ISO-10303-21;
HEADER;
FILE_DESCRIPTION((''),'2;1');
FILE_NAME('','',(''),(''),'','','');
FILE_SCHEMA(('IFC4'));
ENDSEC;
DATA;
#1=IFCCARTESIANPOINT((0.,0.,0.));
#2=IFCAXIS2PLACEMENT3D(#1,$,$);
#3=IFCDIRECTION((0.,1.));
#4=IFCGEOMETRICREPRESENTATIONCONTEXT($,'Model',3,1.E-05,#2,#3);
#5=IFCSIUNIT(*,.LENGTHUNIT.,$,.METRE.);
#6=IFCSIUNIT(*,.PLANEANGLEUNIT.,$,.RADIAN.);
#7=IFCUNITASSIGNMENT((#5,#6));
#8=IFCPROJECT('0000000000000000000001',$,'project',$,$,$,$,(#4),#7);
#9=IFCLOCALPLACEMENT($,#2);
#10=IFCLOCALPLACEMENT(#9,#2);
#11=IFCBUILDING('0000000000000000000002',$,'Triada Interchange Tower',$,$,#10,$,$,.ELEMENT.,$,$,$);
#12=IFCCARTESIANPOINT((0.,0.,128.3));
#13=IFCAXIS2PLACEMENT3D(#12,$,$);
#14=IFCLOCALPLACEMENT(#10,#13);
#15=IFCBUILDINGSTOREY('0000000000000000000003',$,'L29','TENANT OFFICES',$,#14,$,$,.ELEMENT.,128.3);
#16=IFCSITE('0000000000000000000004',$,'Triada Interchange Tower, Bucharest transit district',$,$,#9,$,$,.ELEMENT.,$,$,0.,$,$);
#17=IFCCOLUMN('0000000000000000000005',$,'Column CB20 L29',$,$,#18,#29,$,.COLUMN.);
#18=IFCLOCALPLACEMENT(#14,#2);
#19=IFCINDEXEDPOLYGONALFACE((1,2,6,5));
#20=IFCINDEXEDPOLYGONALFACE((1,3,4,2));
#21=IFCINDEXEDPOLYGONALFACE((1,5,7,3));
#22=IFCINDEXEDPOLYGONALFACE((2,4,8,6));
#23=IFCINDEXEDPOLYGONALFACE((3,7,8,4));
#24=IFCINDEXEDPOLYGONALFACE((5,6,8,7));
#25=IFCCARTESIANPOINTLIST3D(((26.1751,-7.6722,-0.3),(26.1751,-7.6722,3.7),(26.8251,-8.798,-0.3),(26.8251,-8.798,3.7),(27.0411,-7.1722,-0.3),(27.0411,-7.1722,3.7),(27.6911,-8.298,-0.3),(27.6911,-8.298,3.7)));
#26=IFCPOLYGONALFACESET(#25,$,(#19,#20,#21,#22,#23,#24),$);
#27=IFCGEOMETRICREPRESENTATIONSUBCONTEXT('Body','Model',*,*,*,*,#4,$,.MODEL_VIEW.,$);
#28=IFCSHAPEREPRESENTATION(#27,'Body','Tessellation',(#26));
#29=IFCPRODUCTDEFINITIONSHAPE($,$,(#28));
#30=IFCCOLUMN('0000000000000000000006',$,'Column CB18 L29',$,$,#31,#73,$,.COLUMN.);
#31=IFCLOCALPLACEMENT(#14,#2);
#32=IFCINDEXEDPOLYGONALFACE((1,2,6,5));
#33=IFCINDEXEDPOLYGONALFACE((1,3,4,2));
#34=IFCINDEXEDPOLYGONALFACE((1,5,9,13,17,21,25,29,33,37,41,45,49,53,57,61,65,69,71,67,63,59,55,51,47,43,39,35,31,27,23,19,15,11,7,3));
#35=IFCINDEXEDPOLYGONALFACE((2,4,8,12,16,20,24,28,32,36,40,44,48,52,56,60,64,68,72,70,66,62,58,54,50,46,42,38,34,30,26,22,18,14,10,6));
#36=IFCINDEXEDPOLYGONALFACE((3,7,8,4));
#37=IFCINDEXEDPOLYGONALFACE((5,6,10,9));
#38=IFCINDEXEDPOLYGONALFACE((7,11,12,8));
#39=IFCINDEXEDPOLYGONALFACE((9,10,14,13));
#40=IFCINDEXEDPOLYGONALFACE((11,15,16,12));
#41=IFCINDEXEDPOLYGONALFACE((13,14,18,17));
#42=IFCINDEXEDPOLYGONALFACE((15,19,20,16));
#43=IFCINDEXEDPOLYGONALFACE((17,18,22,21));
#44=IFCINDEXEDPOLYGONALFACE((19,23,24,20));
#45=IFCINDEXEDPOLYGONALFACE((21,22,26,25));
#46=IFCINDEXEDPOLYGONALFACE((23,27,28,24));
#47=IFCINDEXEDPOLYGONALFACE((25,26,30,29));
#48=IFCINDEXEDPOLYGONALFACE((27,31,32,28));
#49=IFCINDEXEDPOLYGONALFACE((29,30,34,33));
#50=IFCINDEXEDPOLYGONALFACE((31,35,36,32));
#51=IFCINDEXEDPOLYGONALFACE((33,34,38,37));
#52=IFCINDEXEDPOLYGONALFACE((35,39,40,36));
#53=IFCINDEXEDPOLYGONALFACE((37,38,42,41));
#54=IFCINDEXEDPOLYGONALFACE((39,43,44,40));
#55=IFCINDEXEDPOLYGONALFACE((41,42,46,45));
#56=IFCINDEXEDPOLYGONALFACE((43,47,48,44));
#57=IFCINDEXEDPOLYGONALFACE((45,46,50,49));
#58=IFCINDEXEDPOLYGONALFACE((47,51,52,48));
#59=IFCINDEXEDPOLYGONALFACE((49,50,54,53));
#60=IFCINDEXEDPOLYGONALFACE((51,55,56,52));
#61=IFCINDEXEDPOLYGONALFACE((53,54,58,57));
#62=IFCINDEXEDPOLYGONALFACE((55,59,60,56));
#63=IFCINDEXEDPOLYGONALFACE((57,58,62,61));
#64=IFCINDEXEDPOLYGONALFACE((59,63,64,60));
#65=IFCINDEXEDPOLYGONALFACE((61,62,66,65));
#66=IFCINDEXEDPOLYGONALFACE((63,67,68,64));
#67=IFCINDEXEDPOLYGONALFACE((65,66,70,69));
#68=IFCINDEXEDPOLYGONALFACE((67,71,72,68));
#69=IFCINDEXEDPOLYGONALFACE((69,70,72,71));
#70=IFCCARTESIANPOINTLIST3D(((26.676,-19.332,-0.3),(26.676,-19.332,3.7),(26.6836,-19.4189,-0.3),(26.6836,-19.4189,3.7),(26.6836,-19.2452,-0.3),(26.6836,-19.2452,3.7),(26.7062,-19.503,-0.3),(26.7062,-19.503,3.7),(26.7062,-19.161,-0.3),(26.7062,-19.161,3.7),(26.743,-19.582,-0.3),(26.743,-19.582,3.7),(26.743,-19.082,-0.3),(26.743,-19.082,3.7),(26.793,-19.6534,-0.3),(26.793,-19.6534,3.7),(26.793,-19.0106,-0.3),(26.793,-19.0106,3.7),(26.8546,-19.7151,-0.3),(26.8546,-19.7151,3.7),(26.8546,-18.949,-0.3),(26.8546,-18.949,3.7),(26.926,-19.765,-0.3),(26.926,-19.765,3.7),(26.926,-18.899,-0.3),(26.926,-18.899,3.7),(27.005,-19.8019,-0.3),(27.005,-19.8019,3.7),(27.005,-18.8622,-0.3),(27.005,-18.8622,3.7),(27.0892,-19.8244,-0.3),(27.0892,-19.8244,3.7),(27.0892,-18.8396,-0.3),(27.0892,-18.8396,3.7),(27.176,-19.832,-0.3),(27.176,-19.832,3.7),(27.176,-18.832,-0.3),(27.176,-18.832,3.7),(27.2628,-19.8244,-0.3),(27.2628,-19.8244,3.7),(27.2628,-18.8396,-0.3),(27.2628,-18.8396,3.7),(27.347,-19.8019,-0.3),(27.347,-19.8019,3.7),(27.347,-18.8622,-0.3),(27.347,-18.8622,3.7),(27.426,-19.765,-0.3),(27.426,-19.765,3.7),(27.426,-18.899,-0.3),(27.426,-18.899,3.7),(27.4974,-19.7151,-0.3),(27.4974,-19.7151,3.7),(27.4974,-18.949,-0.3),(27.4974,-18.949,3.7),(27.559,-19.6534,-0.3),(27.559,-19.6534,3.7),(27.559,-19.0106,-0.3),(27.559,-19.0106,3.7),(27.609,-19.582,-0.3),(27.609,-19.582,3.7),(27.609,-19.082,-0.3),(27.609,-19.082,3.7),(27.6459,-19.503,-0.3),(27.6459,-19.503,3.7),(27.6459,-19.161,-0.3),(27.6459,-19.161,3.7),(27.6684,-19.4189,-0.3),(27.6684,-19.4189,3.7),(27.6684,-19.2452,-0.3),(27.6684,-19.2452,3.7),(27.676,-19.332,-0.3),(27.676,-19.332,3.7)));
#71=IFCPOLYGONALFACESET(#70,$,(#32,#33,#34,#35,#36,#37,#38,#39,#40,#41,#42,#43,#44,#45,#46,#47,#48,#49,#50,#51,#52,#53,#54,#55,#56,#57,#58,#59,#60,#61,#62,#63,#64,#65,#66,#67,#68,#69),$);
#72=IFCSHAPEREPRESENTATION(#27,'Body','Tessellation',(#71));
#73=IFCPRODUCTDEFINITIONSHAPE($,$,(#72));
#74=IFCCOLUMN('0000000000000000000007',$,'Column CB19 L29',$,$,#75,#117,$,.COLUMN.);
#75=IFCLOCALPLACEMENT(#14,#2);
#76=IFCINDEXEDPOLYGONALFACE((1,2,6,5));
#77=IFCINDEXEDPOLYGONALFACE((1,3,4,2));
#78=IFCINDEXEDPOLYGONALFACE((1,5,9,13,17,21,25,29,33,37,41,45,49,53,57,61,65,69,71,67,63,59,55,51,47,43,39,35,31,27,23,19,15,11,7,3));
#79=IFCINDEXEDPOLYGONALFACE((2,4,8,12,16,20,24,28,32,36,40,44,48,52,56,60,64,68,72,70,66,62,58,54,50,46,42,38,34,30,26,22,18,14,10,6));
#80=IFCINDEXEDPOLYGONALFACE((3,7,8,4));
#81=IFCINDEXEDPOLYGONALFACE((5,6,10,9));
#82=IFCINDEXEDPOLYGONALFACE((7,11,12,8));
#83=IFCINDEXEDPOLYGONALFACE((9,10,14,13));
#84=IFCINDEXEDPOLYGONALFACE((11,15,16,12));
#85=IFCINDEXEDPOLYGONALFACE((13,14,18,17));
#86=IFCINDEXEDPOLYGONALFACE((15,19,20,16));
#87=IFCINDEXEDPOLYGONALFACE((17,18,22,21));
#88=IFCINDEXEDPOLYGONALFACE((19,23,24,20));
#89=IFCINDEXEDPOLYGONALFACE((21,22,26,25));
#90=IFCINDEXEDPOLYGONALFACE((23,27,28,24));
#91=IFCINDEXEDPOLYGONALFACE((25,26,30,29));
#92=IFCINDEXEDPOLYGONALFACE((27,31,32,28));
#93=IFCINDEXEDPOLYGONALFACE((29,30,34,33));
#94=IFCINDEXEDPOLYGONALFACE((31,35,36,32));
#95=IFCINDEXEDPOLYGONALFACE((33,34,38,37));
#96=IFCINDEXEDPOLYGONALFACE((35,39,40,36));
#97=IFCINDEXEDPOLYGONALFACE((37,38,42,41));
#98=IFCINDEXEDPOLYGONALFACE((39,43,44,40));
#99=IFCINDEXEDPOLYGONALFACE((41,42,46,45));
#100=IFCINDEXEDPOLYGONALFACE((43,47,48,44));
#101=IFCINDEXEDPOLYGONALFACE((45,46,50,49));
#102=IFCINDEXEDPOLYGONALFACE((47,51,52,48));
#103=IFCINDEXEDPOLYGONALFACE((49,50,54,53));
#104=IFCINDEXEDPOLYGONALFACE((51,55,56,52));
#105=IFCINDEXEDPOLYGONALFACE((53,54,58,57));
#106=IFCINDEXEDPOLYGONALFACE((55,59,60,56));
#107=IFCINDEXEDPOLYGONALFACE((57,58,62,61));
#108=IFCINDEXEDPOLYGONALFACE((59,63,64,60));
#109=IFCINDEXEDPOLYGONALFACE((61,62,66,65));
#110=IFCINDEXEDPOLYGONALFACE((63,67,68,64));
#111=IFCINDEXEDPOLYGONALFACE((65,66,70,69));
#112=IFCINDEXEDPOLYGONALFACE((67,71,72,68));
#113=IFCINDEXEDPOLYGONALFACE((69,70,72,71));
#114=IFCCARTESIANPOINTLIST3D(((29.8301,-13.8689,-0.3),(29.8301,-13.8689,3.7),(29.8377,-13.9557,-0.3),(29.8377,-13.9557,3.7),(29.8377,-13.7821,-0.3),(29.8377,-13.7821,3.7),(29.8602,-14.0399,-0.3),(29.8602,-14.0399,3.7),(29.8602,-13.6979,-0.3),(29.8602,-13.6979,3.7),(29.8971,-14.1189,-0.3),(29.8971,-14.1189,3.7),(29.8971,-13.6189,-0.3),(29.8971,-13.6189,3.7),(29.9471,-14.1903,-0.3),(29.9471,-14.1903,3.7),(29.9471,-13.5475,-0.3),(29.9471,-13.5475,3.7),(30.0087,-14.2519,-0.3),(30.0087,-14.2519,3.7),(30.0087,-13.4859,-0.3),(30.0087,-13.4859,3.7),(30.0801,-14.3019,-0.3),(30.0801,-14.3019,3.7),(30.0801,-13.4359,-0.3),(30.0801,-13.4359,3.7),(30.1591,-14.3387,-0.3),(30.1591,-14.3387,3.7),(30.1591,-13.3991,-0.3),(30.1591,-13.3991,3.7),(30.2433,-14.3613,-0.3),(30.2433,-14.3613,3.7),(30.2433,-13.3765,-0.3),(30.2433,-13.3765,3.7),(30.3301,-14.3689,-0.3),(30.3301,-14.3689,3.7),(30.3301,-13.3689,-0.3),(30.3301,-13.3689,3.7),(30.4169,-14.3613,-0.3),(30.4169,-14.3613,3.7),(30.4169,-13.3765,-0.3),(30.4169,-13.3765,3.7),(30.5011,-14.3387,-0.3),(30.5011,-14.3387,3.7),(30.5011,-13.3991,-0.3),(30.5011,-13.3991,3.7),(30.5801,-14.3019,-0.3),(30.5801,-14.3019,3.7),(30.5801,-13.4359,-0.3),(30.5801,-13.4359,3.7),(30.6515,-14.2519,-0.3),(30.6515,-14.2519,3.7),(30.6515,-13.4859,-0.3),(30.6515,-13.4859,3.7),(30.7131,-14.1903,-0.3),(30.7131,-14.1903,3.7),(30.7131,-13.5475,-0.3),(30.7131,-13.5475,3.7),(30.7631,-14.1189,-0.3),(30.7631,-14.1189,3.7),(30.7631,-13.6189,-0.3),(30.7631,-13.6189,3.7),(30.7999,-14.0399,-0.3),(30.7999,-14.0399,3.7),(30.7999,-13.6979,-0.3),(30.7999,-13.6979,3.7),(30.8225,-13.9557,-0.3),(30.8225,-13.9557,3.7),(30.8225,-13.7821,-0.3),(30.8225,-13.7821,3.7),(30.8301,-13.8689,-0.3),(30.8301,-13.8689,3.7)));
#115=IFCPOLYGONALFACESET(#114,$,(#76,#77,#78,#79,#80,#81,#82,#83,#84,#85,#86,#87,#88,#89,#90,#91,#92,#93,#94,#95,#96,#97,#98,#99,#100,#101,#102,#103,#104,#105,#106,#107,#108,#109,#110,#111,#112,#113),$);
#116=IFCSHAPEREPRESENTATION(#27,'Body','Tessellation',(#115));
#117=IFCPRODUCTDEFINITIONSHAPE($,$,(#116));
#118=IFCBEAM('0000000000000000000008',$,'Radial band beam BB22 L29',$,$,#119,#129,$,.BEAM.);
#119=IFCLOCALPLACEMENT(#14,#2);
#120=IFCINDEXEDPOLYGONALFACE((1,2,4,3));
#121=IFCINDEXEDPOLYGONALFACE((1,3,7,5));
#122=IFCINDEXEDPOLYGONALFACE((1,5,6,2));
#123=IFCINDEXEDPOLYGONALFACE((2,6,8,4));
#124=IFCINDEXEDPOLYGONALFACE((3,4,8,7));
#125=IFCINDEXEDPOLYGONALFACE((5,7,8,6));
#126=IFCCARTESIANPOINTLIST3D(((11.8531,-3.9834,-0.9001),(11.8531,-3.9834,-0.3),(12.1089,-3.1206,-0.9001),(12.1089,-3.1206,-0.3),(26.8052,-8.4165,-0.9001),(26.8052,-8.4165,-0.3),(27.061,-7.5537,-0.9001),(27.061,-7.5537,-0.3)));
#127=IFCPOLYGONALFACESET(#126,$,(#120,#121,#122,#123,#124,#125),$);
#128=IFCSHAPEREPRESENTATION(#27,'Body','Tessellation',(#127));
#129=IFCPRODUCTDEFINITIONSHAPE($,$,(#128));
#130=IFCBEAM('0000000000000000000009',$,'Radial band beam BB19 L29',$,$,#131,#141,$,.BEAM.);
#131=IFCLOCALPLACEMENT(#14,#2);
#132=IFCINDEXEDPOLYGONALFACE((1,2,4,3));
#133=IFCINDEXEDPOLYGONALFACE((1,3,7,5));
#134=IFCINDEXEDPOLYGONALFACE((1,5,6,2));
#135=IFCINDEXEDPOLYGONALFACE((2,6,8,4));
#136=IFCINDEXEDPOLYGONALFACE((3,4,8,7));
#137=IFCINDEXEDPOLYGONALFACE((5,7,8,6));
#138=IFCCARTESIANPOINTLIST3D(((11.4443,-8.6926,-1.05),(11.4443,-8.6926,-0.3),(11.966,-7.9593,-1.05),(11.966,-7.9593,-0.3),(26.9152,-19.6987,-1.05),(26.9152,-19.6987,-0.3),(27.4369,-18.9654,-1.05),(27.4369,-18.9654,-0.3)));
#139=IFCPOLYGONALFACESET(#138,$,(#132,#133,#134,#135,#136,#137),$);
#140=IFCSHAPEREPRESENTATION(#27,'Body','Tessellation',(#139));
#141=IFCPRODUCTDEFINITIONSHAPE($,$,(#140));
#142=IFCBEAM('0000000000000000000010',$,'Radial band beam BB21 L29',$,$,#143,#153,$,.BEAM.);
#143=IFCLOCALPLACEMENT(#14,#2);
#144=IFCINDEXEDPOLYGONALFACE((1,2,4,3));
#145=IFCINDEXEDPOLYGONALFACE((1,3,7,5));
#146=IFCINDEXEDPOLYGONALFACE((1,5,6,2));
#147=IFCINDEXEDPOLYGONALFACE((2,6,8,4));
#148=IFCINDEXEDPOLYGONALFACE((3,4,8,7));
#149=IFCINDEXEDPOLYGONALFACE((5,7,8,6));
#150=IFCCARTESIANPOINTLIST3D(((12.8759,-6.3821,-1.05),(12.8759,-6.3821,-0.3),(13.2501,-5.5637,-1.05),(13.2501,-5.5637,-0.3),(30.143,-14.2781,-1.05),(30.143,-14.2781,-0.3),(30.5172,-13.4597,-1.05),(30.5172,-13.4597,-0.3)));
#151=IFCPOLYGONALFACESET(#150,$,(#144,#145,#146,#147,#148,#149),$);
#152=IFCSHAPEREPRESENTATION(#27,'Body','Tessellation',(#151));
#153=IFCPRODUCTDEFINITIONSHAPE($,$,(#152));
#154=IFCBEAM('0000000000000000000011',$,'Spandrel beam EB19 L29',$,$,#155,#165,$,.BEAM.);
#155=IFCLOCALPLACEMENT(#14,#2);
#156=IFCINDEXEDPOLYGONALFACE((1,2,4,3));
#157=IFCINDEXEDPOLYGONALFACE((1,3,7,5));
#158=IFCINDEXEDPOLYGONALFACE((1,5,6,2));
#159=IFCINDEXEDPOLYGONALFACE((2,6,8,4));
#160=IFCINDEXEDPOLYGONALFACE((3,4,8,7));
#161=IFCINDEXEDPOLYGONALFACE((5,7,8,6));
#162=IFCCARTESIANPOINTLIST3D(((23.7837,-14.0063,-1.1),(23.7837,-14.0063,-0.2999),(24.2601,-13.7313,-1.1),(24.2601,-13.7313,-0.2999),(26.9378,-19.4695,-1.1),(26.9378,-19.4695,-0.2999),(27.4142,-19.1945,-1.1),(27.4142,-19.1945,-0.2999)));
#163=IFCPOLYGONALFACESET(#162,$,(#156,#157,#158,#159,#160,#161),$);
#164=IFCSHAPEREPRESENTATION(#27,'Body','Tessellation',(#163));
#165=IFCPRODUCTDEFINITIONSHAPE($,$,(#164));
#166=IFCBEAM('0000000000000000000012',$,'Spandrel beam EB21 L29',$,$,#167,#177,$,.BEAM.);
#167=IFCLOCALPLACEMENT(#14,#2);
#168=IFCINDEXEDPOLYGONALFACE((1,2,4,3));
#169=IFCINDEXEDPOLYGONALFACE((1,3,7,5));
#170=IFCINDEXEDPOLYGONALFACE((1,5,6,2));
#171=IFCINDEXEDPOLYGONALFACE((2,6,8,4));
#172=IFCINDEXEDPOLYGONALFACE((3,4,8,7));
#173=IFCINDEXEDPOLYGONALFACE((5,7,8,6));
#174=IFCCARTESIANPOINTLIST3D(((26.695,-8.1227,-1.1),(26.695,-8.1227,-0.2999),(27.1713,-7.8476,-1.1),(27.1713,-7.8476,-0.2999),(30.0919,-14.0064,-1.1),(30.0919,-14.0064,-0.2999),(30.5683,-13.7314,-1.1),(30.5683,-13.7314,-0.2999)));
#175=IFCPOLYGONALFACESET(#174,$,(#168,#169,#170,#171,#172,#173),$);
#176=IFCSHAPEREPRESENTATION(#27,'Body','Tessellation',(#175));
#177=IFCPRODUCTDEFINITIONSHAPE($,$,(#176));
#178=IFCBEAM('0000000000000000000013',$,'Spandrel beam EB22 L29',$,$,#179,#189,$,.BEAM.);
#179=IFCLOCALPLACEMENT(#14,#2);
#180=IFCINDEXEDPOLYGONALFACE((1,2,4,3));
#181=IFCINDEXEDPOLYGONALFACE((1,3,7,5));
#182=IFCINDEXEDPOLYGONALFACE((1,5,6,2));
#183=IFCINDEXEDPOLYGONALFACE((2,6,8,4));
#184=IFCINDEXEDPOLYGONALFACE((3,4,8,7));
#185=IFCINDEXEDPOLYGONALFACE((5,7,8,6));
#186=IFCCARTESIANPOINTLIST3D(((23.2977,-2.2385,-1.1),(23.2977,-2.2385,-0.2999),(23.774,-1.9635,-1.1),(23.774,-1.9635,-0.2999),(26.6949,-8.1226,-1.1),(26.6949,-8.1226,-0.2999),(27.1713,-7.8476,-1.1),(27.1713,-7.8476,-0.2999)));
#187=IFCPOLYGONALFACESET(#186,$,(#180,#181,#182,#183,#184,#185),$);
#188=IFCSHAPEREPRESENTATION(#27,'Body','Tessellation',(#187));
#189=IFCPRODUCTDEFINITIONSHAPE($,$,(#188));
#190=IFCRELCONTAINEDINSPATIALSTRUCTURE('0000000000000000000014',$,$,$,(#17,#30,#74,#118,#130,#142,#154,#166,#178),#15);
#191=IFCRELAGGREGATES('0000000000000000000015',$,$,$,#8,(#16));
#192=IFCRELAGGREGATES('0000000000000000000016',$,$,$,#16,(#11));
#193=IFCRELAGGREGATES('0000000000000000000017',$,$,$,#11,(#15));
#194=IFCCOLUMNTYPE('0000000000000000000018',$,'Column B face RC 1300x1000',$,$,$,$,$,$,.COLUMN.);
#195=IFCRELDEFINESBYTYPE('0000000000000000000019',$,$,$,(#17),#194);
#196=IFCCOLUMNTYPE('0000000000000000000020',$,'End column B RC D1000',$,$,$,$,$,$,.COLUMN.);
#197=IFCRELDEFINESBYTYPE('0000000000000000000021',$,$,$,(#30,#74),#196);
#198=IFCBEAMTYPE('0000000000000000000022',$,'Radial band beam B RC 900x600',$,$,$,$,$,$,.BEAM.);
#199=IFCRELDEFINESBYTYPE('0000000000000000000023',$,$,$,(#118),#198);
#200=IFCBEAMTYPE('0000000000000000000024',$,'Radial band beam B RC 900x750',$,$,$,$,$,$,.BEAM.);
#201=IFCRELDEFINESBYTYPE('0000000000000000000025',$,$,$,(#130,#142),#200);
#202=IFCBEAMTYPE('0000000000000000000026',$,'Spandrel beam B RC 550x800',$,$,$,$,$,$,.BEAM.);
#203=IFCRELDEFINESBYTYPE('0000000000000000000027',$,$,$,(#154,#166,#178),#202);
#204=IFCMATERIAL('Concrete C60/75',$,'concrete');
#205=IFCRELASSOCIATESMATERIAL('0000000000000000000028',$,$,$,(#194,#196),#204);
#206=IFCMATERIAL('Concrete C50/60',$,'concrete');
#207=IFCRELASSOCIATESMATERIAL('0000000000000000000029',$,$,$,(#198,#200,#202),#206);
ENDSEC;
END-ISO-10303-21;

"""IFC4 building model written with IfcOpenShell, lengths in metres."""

from ifc_helpers import new_model, si_unit, direction, frame, origin, origin_2d, place, context, subcontext, project, spatial, rectangle, circle, extrude, material, material_profile, profile_set, type_object, element, save


model = new_model("IFC4")

# Units and contexts
model_context = context("Model", 3, precision=1e-05, world=origin(), true_north=direction((0.0, 1.0)))
body_context = subcontext(model_context, "Body", "Model", "MODEL_VIEW")
ifc_project = project(units=[si_unit("LENGTHUNIT", "METRE"), si_unit("PLANEANGLEUNIT", "RADIAN")], contexts=[model_context])

# Site, building, storey
site_placement = place(None, origin())
site = spatial("IfcSite", under=ifc_project, at=site_placement, Name="Triada Interchange Tower, Bucharest transit district", CompositionType="ELEMENT", RefElevation=0.0)
building_placement = place(site_placement, origin())
building = spatial("IfcBuilding", under=site, at=building_placement, Name="Triada Interchange Tower", CompositionType="ELEMENT")
storey_placement = place(building_placement, frame((0.0, 0.0, 128.3)))
storey = spatial("IfcBuildingStorey", under=building, at=storey_placement, Name="L29", Description="TENANT OFFICES", CompositionType="ELEMENT", Elevation=128.3)

# Columns
ifc_material_1 = material(Name="Concrete C60/75", Category="concrete")
ifc_material_profile_1 = material_profile(ifc_material_1, rectangle(XDim=1.3, YDim=1.0, at=origin_2d()), Name="RC 1300x1000")
ifc_profile_set_1 = profile_set([ifc_material_profile_1], Name="Concrete C60/75")
column_type_1 = type_object("IfcColumnType", Name="Column B face RC 1300x1000", PredefinedType="COLUMN", material=ifc_profile_set_1)
column_placement = place(storey_placement, frame((26.9331, -7.9851, -0.3), z_axis=(0.0, 0.0, 1.0), x_axis=(-0.5, 0.866025, 0.0)))
element("IfcColumn", 1, at=column_placement, inside=storey, type_object=column_type_1, Name="Column CB20 L29", PredefinedType="COLUMN", context=body_context, shape_type="SweptSolid", body=[
    extrude(rectangle(XDim=1.3, YDim=1.0, at=origin_2d()), origin(), (0.0, 0.0, 1.0), 4.0),
])
ifc_material_profile_2 = material_profile(ifc_material_1, circle(Radius=0.5, at=origin_2d()), Name="RC D1000")
ifc_profile_set_2 = profile_set([ifc_material_profile_2], Name="Concrete C60/75")
column_type_2 = type_object("IfcColumnType", Name="End column B RC D1000", PredefinedType="COLUMN", material=ifc_profile_set_2)
for number, where, z_axis, x_axis, name in (
    (2, (27.176, -19.332, -0.3), (0.0, 0.0, 1.0), (1.0, 0.0, 0.0), "Column CB18 L29"),
    (3, (30.3301, -13.8689, -0.3), (0.0, 0.0, 1.0), (-0.5, 0.866025, 0.0), "Column CB19 L29"),
):
    element("IfcColumn", number, at=place(storey_placement, frame(where, z_axis=z_axis, x_axis=x_axis)), inside=storey, type_object=column_type_2, Name=name, PredefinedType="COLUMN", context=body_context, shape_type="SweptSolid", body=[
        extrude(circle(Radius=0.5, at=origin_2d()), origin(), (0.0, 0.0, 1.0), 4.0),
    ])

# Beams
ifc_material_2 = material(Name="Concrete C50/60", Category="concrete")
ifc_material_profile_3 = material_profile(ifc_material_2, rectangle(XDim=0.8999, YDim=0.6001, at=origin_2d()), Name="RC 900x600")
ifc_profile_set_3 = profile_set([ifc_material_profile_3], Name="Concrete C50/60")
beam_type_1 = type_object("IfcBeamType", Name="Radial band beam B RC 900x600", PredefinedType="BEAM", material=ifc_profile_set_3)
beam_1_placement = place(storey_placement, frame((26.9331, -7.9851, -0.6001), z_axis=(-0.958749, 0.284256, 0.0), x_axis=(-0.284256, -0.958749, 0.0)))
element("IfcBeam", 4, at=beam_1_placement, inside=storey, type_object=beam_type_1, Name="Radial band beam BB22 L29", PredefinedType="BEAM", context=body_context, shape_type="SweptSolid", body=[
    extrude(rectangle(XDim=0.8999, YDim=0.6001, at=origin_2d()), origin(), (0.0, 0.0, 1.0), 15.5955),
])
ifc_material_profile_4 = material_profile(ifc_material_2, rectangle(XDim=0.8999, YDim=0.75, at=origin_2d()), Name="RC 900x750")
ifc_profile_set_4 = profile_set([ifc_material_profile_4], Name="Concrete C50/60")
beam_type_2 = type_object("IfcBeamType", Name="Radial band beam B RC 900x750", PredefinedType="BEAM", material=ifc_profile_set_4)
beam_2_placement = place(storey_placement, frame((27.176, -19.332, -0.675), z_axis=(-0.814842, 0.579683, 0.0), x_axis=(-0.579683, -0.814842, 0.0)))
element("IfcBeam", 5, at=beam_2_placement, inside=storey, type_object=beam_type_2, Name="Radial band beam BB19 L29", PredefinedType="BEAM", context=body_context, shape_type="SweptSolid", body=[
    extrude(rectangle(XDim=0.8999, YDim=0.75, at=origin_2d()), origin(), (0.0, 0.0, 1.0), 18.9863),
])
beam_3_placement = place(storey_placement, frame((30.3301, -13.8689, -0.675), z_axis=(-0.909425, 0.415867, 0.0), x_axis=(-0.415867, -0.909425, 0.0)))
element("IfcBeam", 6, at=beam_3_placement, inside=storey, type_object=beam_type_2, Name="Radial band beam BB21 L29", PredefinedType="BEAM", context=body_context, shape_type="SweptSolid", body=[
    extrude(rectangle(XDim=0.8999, YDim=0.75, at=origin_2d()), origin(), (0.0, 0.0, 1.0), 18.9868),
])
ifc_material_profile_5 = material_profile(ifc_material_2, rectangle(XDim=0.55, YDim=0.8, at=origin_2d()), Name="RC 550x800")
ifc_profile_set_5 = profile_set([ifc_material_profile_5], Name="Concrete C50/60")
beam_type_3 = type_object("IfcBeamType", Name="Spandrel beam B RC 550x800", PredefinedType="BEAM", material=ifc_profile_set_5)
beam_4_placement = place(storey_placement, frame((27.176, -19.332, -0.7), z_axis=(-0.499989, 0.866032, 0.0), x_axis=(-0.866032, -0.499989, 0.0)))
element("IfcBeam", 7, at=beam_4_placement, inside=storey, type_object=beam_type_3, Name="Spandrel beam EB19 L29", PredefinedType="BEAM", context=body_context, shape_type="SweptSolid", body=[
    extrude(rectangle(XDim=0.55, YDim=0.8, at=origin_2d()), origin(), (0.0, 0.0, 1.0), 6.3083),
])
beam_5_placement = place(storey_placement, frame((30.3301, -13.8689, -0.7), z_axis=(-0.499996, 0.866028, 0.0), x_axis=(-0.866028, -0.499996, 0.0)))
element("IfcBeam", 8, at=beam_5_placement, inside=storey, type_object=beam_type_3, Name="Spandrel beam EB21 L29", PredefinedType="BEAM", context=body_context, shape_type="SweptSolid", body=[
    extrude(rectangle(XDim=0.55, YDim=0.8, at=origin_2d()), origin(), (0.0, 0.0, 1.0), 6.7939),
])
beam_6_placement = place(storey_placement, frame((26.9331, -7.9851, -0.7), z_axis=(-0.500008, 0.866021, 0.0), x_axis=(-0.866021, -0.500008, 0.0)))
element("IfcBeam", 9, at=beam_6_placement, inside=storey, type_object=beam_type_3, Name="Spandrel beam EB22 L29", PredefinedType="BEAM", context=body_context, shape_type="SweptSolid", body=[
    extrude(rectangle(XDim=0.55, YDim=0.8, at=origin_2d()), origin(), (0.0, 0.0, 1.0), 6.7944),
])

save(model, "model.ifc")
